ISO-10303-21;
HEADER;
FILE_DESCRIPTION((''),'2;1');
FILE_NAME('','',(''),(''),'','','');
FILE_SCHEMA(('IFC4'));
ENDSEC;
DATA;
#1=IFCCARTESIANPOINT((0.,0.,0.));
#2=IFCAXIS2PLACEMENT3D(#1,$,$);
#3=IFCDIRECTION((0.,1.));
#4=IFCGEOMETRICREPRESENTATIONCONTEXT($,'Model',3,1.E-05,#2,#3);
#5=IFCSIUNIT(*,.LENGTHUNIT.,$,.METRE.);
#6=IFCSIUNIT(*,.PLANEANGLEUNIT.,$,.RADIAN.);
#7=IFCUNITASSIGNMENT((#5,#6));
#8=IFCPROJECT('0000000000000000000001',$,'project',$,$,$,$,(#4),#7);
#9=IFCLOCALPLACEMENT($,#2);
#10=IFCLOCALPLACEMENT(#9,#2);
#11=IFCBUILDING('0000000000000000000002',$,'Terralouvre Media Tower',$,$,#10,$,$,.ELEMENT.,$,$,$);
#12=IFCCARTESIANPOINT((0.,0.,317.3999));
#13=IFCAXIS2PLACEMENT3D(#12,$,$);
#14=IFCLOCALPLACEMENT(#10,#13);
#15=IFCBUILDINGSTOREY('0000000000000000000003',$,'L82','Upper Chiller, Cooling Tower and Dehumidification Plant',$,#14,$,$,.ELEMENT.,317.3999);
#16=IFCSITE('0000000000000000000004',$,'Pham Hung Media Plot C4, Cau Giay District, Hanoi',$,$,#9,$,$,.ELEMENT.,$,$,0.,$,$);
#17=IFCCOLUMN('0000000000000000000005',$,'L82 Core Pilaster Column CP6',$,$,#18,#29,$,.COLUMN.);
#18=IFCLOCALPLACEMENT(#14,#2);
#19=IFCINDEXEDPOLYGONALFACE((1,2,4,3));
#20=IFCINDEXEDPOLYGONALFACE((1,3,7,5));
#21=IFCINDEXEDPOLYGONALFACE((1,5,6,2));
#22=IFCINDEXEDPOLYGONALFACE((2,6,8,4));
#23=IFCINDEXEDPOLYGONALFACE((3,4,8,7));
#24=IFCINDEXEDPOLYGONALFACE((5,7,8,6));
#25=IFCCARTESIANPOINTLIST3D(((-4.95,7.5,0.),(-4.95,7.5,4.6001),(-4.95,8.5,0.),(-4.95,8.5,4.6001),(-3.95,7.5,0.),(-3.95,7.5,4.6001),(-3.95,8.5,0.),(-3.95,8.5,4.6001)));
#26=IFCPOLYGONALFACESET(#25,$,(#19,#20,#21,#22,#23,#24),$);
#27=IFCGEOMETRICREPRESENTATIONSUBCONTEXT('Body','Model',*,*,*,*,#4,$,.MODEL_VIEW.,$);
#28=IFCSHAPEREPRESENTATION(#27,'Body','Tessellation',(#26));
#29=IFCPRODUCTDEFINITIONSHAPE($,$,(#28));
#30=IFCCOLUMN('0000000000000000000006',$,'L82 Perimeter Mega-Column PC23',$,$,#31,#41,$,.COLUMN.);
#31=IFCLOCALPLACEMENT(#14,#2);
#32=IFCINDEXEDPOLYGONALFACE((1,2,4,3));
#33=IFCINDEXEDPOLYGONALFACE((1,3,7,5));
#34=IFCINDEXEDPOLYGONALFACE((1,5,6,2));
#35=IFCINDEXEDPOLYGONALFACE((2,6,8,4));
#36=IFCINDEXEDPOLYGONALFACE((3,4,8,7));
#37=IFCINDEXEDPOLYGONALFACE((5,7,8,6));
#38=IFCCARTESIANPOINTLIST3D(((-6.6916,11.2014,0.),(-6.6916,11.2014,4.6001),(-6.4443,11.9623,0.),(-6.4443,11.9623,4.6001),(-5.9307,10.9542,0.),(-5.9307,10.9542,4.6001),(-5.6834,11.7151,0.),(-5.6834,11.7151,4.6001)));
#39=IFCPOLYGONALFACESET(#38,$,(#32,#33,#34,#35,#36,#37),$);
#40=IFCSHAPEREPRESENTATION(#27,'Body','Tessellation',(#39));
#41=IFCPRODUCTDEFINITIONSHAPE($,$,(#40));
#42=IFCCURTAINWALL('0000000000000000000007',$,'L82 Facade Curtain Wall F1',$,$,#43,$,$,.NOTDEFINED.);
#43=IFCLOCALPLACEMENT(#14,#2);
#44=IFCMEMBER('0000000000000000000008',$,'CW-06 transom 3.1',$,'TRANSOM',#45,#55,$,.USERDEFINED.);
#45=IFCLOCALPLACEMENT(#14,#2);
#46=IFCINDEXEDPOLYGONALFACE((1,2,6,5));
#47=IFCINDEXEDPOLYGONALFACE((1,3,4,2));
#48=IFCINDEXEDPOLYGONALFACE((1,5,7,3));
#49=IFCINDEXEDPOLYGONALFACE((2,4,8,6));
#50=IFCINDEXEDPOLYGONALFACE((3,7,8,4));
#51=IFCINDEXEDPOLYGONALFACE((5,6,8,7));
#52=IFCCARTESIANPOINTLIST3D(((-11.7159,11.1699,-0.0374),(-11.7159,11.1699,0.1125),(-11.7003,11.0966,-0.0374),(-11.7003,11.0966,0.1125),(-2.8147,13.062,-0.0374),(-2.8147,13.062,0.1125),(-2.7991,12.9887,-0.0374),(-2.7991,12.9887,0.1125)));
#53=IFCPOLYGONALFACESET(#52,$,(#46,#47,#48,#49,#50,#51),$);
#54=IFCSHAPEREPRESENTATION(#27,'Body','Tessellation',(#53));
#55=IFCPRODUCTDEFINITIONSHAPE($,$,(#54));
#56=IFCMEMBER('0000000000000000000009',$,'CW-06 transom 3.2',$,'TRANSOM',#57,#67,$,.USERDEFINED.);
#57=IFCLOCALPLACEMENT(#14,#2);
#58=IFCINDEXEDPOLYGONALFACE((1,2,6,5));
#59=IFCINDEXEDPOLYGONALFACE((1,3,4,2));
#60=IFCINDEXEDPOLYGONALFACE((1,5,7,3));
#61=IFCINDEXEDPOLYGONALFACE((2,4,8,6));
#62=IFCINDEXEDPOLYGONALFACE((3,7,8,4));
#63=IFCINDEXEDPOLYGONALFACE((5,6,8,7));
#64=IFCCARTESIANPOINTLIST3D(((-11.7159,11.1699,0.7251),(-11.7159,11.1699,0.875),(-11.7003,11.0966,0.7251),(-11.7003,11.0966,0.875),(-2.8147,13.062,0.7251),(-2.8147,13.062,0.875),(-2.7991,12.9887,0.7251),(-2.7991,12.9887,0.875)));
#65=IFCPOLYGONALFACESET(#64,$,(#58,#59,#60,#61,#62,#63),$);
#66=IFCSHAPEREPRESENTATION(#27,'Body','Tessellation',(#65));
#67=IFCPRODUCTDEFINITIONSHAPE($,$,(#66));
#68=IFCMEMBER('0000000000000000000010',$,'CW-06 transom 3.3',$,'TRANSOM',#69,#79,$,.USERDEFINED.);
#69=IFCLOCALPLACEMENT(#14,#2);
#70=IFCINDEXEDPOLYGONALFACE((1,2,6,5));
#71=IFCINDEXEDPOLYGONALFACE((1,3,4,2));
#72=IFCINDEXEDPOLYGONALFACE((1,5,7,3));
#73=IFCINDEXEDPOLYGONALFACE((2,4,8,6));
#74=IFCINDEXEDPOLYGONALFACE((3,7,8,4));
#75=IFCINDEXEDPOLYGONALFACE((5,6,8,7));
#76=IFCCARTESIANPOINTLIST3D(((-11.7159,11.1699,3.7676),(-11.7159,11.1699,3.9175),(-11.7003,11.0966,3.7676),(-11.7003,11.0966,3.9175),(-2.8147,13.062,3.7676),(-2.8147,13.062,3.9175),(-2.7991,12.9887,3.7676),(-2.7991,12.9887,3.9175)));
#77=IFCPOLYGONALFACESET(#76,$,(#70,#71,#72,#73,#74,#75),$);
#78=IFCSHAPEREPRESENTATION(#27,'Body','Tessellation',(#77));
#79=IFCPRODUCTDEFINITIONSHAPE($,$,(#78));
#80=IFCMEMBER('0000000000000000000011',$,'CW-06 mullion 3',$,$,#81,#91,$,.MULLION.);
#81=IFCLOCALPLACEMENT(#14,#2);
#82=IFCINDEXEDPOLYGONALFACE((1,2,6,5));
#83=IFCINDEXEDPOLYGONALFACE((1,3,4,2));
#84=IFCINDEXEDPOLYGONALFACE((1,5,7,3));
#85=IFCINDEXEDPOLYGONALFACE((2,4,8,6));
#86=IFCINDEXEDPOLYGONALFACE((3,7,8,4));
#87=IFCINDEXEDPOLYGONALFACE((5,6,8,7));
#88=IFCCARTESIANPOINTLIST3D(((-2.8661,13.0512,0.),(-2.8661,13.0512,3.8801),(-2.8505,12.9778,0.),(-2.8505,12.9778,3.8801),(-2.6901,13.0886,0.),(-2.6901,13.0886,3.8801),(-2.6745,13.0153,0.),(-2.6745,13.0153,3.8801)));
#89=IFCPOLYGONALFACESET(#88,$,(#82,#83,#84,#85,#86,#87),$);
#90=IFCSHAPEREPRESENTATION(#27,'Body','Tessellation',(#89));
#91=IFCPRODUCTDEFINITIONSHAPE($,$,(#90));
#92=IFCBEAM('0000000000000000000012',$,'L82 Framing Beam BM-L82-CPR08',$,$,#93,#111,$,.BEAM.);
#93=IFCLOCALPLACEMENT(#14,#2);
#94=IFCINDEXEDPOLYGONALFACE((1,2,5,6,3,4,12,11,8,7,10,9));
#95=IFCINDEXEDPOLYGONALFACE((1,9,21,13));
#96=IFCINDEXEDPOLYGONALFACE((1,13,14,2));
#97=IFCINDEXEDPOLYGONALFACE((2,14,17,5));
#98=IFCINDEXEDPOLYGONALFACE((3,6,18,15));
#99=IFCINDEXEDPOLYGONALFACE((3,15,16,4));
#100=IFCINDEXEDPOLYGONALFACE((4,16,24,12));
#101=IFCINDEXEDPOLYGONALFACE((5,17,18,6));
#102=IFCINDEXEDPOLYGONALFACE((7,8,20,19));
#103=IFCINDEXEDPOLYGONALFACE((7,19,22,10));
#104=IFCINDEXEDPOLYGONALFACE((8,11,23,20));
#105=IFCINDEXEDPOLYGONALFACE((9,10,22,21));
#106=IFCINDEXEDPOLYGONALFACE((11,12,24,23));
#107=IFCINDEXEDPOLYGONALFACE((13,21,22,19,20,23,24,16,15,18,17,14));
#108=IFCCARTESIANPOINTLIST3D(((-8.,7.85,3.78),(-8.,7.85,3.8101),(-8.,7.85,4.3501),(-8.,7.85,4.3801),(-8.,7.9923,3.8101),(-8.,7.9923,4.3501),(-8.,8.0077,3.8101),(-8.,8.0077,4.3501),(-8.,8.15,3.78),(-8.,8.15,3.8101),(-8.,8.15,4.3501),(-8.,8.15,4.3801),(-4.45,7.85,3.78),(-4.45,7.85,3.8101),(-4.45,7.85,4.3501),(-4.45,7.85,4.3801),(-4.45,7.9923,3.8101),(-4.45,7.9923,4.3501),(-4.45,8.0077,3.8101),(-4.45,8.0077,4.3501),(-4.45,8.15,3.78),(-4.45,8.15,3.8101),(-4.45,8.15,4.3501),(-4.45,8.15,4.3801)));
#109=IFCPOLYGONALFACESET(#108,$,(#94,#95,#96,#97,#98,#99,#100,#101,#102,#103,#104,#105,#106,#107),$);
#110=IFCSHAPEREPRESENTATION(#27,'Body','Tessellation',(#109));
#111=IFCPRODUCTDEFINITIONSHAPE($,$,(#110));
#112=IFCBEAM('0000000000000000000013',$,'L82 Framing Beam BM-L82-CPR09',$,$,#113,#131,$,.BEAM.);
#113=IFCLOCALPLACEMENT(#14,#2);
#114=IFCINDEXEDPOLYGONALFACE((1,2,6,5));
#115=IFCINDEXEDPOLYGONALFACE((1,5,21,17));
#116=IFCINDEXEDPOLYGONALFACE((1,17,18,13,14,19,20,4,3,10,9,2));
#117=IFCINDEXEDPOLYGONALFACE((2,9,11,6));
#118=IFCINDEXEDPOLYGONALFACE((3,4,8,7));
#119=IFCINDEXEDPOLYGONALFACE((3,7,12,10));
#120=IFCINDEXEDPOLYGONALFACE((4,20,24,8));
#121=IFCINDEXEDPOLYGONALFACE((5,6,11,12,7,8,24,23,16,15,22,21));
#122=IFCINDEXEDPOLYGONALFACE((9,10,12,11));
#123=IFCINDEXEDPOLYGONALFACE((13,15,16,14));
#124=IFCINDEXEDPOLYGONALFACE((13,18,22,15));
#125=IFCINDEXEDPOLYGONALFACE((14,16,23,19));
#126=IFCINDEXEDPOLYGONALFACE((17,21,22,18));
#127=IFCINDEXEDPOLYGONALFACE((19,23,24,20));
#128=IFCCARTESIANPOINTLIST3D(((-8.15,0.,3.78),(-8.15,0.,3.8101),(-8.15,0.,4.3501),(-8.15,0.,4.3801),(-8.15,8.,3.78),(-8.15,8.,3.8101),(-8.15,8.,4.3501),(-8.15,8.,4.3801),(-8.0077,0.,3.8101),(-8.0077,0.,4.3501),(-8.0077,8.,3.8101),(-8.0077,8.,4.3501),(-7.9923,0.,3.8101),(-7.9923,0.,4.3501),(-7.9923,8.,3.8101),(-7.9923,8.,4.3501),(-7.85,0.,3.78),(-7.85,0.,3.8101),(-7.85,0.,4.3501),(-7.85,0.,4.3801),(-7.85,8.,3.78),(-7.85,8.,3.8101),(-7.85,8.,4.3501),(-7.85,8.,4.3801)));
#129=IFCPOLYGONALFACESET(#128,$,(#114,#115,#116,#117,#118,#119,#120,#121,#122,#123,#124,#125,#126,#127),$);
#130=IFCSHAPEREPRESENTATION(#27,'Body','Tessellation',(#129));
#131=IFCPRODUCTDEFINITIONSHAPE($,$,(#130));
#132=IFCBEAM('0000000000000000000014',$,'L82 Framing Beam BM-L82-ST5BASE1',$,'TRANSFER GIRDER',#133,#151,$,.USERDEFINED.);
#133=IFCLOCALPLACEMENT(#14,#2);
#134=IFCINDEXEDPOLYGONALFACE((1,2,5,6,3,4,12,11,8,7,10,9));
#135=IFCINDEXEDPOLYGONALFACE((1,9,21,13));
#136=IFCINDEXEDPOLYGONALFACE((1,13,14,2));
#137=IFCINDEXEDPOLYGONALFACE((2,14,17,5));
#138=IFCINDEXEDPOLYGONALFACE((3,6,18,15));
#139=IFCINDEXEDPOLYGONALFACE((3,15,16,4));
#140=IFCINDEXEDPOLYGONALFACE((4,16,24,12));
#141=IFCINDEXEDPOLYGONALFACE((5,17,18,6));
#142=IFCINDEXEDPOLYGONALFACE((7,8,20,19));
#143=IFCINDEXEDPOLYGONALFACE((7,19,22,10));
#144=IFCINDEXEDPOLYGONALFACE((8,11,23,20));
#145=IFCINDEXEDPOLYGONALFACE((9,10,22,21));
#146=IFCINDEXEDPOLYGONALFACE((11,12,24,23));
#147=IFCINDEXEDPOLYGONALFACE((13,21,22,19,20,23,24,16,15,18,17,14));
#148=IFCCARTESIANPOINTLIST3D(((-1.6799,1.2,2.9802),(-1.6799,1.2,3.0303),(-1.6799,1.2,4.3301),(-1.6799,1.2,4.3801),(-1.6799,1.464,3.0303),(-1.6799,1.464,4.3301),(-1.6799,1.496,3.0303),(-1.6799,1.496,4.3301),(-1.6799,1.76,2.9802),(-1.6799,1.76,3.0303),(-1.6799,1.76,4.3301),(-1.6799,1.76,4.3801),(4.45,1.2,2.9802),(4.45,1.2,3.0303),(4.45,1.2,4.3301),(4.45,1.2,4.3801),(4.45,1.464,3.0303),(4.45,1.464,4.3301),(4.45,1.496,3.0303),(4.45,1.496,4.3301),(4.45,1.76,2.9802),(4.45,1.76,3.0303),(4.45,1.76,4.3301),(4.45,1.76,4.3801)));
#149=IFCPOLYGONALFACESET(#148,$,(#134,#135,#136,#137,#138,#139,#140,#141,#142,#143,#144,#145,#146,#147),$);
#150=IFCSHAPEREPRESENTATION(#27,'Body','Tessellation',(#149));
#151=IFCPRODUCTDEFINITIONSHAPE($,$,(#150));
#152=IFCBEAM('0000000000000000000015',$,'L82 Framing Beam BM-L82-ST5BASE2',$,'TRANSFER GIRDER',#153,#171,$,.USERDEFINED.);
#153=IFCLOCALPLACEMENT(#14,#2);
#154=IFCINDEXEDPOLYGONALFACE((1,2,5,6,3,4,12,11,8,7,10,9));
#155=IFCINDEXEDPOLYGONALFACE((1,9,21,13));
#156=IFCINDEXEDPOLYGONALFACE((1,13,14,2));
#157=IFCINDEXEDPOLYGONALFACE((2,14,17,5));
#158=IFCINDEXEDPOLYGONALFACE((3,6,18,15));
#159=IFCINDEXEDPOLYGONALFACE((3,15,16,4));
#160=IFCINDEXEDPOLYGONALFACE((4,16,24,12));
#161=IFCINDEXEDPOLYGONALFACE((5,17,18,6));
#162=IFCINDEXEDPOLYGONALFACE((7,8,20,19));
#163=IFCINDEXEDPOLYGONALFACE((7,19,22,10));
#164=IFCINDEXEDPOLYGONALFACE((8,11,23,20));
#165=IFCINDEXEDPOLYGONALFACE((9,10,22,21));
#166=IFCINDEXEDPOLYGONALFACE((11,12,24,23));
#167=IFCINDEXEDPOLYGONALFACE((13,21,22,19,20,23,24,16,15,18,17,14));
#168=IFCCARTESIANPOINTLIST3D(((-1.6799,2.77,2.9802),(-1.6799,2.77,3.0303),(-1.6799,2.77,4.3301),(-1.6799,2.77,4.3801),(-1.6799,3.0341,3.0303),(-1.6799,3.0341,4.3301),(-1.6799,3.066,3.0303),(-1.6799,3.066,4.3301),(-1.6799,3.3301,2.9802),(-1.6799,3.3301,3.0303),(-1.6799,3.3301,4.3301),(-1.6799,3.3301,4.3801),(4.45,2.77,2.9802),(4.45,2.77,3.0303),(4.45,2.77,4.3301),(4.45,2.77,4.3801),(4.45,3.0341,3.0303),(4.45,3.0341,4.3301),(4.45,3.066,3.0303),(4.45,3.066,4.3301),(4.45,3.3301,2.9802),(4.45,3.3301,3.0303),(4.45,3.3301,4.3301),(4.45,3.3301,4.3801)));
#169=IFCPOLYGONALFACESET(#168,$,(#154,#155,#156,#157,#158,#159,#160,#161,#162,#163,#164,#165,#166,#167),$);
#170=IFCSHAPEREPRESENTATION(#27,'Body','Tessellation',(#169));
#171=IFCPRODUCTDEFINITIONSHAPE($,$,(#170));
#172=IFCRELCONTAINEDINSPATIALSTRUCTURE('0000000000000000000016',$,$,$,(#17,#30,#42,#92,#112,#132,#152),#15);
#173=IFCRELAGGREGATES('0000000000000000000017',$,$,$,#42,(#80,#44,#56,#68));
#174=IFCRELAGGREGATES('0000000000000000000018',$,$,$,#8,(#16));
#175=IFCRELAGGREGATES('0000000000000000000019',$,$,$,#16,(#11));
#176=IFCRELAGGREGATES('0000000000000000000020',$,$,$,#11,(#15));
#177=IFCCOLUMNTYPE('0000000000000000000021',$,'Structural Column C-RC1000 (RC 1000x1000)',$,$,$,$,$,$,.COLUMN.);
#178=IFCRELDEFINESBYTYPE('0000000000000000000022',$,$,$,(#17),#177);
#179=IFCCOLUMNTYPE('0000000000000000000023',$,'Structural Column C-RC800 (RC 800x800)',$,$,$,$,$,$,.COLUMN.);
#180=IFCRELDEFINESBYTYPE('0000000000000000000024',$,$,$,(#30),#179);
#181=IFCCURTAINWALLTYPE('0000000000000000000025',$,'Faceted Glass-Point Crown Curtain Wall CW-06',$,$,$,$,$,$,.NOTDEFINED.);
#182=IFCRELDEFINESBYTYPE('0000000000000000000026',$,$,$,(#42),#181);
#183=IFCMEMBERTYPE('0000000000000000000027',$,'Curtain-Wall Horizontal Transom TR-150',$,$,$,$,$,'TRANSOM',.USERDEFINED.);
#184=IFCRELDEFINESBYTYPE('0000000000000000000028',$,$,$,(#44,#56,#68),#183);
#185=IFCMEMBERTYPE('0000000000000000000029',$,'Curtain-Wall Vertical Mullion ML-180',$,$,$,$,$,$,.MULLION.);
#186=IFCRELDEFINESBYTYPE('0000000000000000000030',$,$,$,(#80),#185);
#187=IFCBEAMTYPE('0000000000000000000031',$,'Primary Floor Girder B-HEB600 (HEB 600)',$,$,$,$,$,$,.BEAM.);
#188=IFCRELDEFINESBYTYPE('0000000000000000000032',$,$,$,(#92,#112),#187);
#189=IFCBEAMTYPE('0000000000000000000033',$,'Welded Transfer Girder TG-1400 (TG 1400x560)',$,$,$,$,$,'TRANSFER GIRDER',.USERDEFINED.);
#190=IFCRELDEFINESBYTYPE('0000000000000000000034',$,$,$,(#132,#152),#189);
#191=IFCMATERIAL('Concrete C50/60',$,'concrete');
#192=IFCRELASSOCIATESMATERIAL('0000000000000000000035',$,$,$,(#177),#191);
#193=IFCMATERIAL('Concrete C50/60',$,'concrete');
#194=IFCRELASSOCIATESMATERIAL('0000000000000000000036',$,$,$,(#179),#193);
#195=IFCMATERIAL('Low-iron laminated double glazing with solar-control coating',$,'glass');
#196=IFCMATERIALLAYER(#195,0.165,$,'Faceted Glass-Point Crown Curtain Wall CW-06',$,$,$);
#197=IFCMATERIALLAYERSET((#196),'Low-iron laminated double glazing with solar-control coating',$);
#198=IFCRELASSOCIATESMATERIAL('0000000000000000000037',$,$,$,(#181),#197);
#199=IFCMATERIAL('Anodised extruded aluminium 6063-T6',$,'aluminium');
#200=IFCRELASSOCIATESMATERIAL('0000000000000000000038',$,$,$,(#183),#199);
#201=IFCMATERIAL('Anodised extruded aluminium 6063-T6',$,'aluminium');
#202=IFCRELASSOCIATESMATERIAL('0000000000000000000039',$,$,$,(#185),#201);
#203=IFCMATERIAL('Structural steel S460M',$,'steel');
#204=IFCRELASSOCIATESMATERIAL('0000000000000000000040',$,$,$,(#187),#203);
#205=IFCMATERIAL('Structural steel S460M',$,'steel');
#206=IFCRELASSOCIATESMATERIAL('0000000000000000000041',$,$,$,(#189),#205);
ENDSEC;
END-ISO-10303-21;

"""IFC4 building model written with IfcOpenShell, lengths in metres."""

from ifc_helpers import new_model, si_unit, direction, frame, origin, origin_2d, place, context, subcontext, project, spatial, rectangle, i_section, extrude, material, layer, layer_set, material_profile, profile_set, type_object, element, aggregate, save


model = new_model("IFC4")

# Units and contexts
model_context = context("Model", 3, precision=1e-05, world=origin(), true_north=direction((0.0, 1.0)))
body_context = subcontext(model_context, "Body", "Model", "MODEL_VIEW")
ifc_project = project(units=[si_unit("LENGTHUNIT", "METRE"), si_unit("PLANEANGLEUNIT", "RADIAN")], contexts=[model_context])

# Site, building, storey
site_placement = place(None, origin())
site = spatial("IfcSite", under=ifc_project, at=site_placement, Name="Pham Hung Media Plot C4, Cau Giay District, Hanoi", CompositionType="ELEMENT", RefElevation=0.0)
building_placement = place(site_placement, origin())
building = spatial("IfcBuilding", under=site, at=building_placement, Name="Terralouvre Media Tower", CompositionType="ELEMENT")
storey_placement = place(building_placement, frame((0.0, 0.0, 317.3999)))
storey = spatial("IfcBuildingStorey", under=building, at=storey_placement, Name="L82", Description="Upper Chiller, Cooling Tower and Dehumidification Plant", CompositionType="ELEMENT", Elevation=317.3999)

# Columns
ifc_material_1 = material(Name="Concrete C50/60", Category="concrete")
ifc_material_profile_1 = material_profile(ifc_material_1, rectangle(XDim=1.0, YDim=1.0, at=origin_2d()), Name="RC 1000x1000")
ifc_profile_set_1 = profile_set([ifc_material_profile_1], Name="Concrete C50/60")
column_type_1 = type_object("IfcColumnType", Name="Structural Column C-RC1000 (RC 1000x1000)", PredefinedType="COLUMN", material=ifc_profile_set_1)
column_1_placement = place(storey_placement, frame((-4.45, 8.0, 0.0), z_axis=(0.0, 0.0, 1.0), x_axis=(1.0, 0.0, 0.0)))
element("IfcColumn", 1, at=column_1_placement, inside=storey, type_object=column_type_1, Name="L82 Core Pilaster Column CP6", PredefinedType="COLUMN", context=body_context, shape_type="SweptSolid", body=[
    extrude(rectangle(XDim=1.0, YDim=1.0, at=origin_2d()), origin(), (0.0, 0.0, 1.0), 4.6001),
])
ifc_material_2 = material(Name="Concrete C50/60", Category="concrete")
ifc_material_profile_2 = material_profile(ifc_material_2, rectangle(XDim=0.8, YDim=0.8, at=origin_2d()), Name="RC 800x800")
ifc_profile_set_2 = profile_set([ifc_material_profile_2], Name="Concrete C50/60")
column_type_2 = type_object("IfcColumnType", Name="Structural Column C-RC800 (RC 800x800)", PredefinedType="COLUMN", material=ifc_profile_set_2)
column_2_placement = place(storey_placement, frame((-6.1875, 11.4583, 0.0), z_axis=(0.0, 0.0, 1.0), x_axis=(0.309017, 0.951057, 0.0)))
element("IfcColumn", 2, at=column_2_placement, inside=storey, type_object=column_type_2, Name="L82 Perimeter Mega-Column PC23", PredefinedType="COLUMN", context=body_context, shape_type="SweptSolid", body=[
    extrude(rectangle(XDim=0.8, YDim=0.8, at=origin_2d()), origin(), (0.0, 0.0, 1.0), 4.6001),
])

# Curtain wall, members
ifc_material_3 = material(Name="Low-iron laminated double glazing with solar-control coating", Category="glass")
ifc_layer_1 = layer(ifc_material_3, 0.165, Name="Faceted Glass-Point Crown Curtain Wall CW-06")
ifc_layer_set_1 = layer_set([ifc_layer_1], Name="Low-iron laminated double glazing with solar-control coating")
curtain_wall_type = type_object("IfcCurtainWallType", Name="Faceted Glass-Point Crown Curtain Wall CW-06", PredefinedType="NOTDEFINED", material=ifc_layer_set_1)
curtain_wall_placement = place(storey_placement, origin())
curtain_wall = element("IfcCurtainWall", 3, at=curtain_wall_placement, inside=storey, type_object=curtain_wall_type, Name="L82 Facade Curtain Wall F1", PredefinedType="NOTDEFINED")
ifc_material_4 = material(Name="Anodised extruded aluminium 6063-T6", Category="aluminium")
ifc_material_profile_3 = material_profile(ifc_material_4, rectangle(XDim=0.075, YDim=0.1499, at=origin_2d()), Name="ALU 75x150")
ifc_profile_set_3 = profile_set([ifc_material_profile_3], Name="Anodised extruded aluminium 6063-T6")
member_type_1 = type_object("IfcMemberType", Name="Curtain-Wall Horizontal Transom TR-150", ElementType="TRANSOM", PredefinedType="USERDEFINED", material=ifc_profile_set_3)
member_1_placement = place(storey_placement, frame((-2.8069, 13.0254, 0.0376), z_axis=(-0.978145, -0.207922, 0.0), x_axis=(0.207922, -0.978145, 0.0)))
member_1 = element("IfcMember", 4, at=member_1_placement, type_object=member_type_1, Name="CW-06 transom 3.1", ObjectType="TRANSOM", PredefinedType="USERDEFINED", context=body_context, shape_type="SweptSolid", body=[
    extrude(rectangle(XDim=0.075, YDim=0.1499, at=origin_2d()), origin(), (0.0, 0.0, 1.0), 9.1001),
])
member_2_placement = place(storey_placement, frame((-2.8069, 13.0254, 0.8), z_axis=(-0.978145, -0.207922, 0.0), x_axis=(0.207922, -0.978145, 0.0)))
member_2 = element("IfcMember", 5, at=member_2_placement, type_object=member_type_1, Name="CW-06 transom 3.2", ObjectType="TRANSOM", PredefinedType="USERDEFINED", context=body_context, shape_type="SweptSolid", body=[
    extrude(rectangle(XDim=0.075, YDim=0.1499, at=origin_2d()), origin(), (0.0, 0.0, 1.0), 9.1001),
])
member_3_placement = place(storey_placement, frame((-2.8069, 13.0254, 3.8425), z_axis=(-0.978145, -0.207922, 0.0), x_axis=(0.207922, -0.978145, 0.0)))
member_3 = element("IfcMember", 6, at=member_3_placement, type_object=member_type_1, Name="CW-06 transom 3.3", ObjectType="TRANSOM", PredefinedType="USERDEFINED", context=body_context, shape_type="SweptSolid", body=[
    extrude(rectangle(XDim=0.075, YDim=0.1499, at=origin_2d()), origin(), (0.0, 0.0, 1.0), 9.1001),
])
ifc_material_5 = material(Name="Anodised extruded aluminium 6063-T6", Category="aluminium")
ifc_material_profile_4 = material_profile(ifc_material_5, rectangle(XDim=0.075, YDim=0.1799, at=origin_2d()), Name="ALU 75x180")
ifc_profile_set_4 = profile_set([ifc_material_profile_4], Name="Anodised extruded aluminium 6063-T6")
member_type_2 = type_object("IfcMemberType", Name="Curtain-Wall Vertical Mullion ML-180", PredefinedType="MULLION", material=ifc_profile_set_4)
member_4_placement = place(storey_placement, frame((-2.7703, 13.0332, 0.0), z_axis=(0.0, 0.0, 1.0), x_axis=(0.207912, -0.978148, 0.0)))
member_4 = element("IfcMember", 7, at=member_4_placement, type_object=member_type_2, Name="CW-06 mullion 3", PredefinedType="MULLION", context=body_context, shape_type="SweptSolid", body=[
    extrude(rectangle(XDim=0.075, YDim=0.1799, at=origin_2d()), origin(), (0.0, 0.0, 1.0), 3.8801),
])

# Beams
ifc_material_6 = material(Name="Structural steel S460M", Category="steel")
ifc_material_profile_5 = material_profile(ifc_material_6, i_section(OverallWidth=0.3, OverallDepth=0.6001, WebThickness=0.0154, FlangeThickness=0.03, at=origin_2d()), Name="HEB 600")
ifc_profile_set_5 = profile_set([ifc_material_profile_5], Name="Structural steel S460M")
beam_type_1 = type_object("IfcBeamType", Name="Primary Floor Girder B-HEB600 (HEB 600)", PredefinedType="BEAM", material=ifc_profile_set_5)
beam_1_placement = place(storey_placement, frame((-4.45, 8.0, 4.0801), z_axis=(-1.0, 0.0, 0.0), x_axis=(0.0, -1.0, 0.0)))
element("IfcBeam", 8, at=beam_1_placement, inside=storey, type_object=beam_type_1, Name="L82 Framing Beam BM-L82-CPR08", PredefinedType="BEAM", context=body_context, shape_type="SweptSolid", body=[
    extrude(i_section(OverallWidth=0.3, OverallDepth=0.6001, WebThickness=0.0154, FlangeThickness=0.03, at=origin_2d()), origin(), (0.0, 0.0, 1.0), 3.55),
])
beam_2_placement = place(storey_placement, frame((-8.0, 8.0, 4.0801), z_axis=(0.0, -1.0, 0.0), x_axis=(1.0, 0.0, 0.0)))
element("IfcBeam", 9, at=beam_2_placement, inside=storey, type_object=beam_type_1, Name="L82 Framing Beam BM-L82-CPR09", PredefinedType="BEAM", context=body_context, shape_type="SweptSolid", body=[
    extrude(i_section(OverallWidth=0.3, OverallDepth=0.6001, WebThickness=0.0154, FlangeThickness=0.03, at=origin_2d()), origin(), (0.0, 0.0, 1.0), 8.0),
])
ifc_material_7 = material(Name="Structural steel S460M", Category="steel")
ifc_material_profile_6 = material_profile(ifc_material_7, i_section(OverallWidth=0.5601, OverallDepth=1.3999, WebThickness=0.032, FlangeThickness=0.05, at=origin_2d()), Name="TG 1400x560")
ifc_profile_set_6 = profile_set([ifc_material_profile_6], Name="Structural steel S460M")
beam_type_2 = type_object("IfcBeamType", Name="Welded Transfer Girder TG-1400 (TG 1400x560)", ElementType="TRANSFER GIRDER", PredefinedType="USERDEFINED", material=ifc_profile_set_6)
for number, where, z_axis, x_axis, name in (
    (10, (-1.6799, 1.48, 3.6802), (1.0, 0.0, 0.0), (0.0, 1.0, 0.0), "L82 Framing Beam BM-L82-ST5BASE1"),
    (11, (-1.6799, 3.05, 3.6802), (1.0, 0.0, 0.0), (0.0, 1.0, 0.0), "L82 Framing Beam BM-L82-ST5BASE2"),
):
    element("IfcBeam", number, at=place(storey_placement, frame(where, z_axis=z_axis, x_axis=x_axis)), inside=storey, type_object=beam_type_2, Name=name, ObjectType="TRANSFER GIRDER", PredefinedType="USERDEFINED", context=body_context, shape_type="SweptSolid", body=[
        extrude(i_section(OverallWidth=0.5601, OverallDepth=1.3999, WebThickness=0.032, FlangeThickness=0.05, at=origin_2d()), origin(), (0.0, 0.0, 1.0), 6.1299),
    ])

aggregate(curtain_wall, [member_4, member_1, member_2, member_3])

save(model, "model.ifc")
